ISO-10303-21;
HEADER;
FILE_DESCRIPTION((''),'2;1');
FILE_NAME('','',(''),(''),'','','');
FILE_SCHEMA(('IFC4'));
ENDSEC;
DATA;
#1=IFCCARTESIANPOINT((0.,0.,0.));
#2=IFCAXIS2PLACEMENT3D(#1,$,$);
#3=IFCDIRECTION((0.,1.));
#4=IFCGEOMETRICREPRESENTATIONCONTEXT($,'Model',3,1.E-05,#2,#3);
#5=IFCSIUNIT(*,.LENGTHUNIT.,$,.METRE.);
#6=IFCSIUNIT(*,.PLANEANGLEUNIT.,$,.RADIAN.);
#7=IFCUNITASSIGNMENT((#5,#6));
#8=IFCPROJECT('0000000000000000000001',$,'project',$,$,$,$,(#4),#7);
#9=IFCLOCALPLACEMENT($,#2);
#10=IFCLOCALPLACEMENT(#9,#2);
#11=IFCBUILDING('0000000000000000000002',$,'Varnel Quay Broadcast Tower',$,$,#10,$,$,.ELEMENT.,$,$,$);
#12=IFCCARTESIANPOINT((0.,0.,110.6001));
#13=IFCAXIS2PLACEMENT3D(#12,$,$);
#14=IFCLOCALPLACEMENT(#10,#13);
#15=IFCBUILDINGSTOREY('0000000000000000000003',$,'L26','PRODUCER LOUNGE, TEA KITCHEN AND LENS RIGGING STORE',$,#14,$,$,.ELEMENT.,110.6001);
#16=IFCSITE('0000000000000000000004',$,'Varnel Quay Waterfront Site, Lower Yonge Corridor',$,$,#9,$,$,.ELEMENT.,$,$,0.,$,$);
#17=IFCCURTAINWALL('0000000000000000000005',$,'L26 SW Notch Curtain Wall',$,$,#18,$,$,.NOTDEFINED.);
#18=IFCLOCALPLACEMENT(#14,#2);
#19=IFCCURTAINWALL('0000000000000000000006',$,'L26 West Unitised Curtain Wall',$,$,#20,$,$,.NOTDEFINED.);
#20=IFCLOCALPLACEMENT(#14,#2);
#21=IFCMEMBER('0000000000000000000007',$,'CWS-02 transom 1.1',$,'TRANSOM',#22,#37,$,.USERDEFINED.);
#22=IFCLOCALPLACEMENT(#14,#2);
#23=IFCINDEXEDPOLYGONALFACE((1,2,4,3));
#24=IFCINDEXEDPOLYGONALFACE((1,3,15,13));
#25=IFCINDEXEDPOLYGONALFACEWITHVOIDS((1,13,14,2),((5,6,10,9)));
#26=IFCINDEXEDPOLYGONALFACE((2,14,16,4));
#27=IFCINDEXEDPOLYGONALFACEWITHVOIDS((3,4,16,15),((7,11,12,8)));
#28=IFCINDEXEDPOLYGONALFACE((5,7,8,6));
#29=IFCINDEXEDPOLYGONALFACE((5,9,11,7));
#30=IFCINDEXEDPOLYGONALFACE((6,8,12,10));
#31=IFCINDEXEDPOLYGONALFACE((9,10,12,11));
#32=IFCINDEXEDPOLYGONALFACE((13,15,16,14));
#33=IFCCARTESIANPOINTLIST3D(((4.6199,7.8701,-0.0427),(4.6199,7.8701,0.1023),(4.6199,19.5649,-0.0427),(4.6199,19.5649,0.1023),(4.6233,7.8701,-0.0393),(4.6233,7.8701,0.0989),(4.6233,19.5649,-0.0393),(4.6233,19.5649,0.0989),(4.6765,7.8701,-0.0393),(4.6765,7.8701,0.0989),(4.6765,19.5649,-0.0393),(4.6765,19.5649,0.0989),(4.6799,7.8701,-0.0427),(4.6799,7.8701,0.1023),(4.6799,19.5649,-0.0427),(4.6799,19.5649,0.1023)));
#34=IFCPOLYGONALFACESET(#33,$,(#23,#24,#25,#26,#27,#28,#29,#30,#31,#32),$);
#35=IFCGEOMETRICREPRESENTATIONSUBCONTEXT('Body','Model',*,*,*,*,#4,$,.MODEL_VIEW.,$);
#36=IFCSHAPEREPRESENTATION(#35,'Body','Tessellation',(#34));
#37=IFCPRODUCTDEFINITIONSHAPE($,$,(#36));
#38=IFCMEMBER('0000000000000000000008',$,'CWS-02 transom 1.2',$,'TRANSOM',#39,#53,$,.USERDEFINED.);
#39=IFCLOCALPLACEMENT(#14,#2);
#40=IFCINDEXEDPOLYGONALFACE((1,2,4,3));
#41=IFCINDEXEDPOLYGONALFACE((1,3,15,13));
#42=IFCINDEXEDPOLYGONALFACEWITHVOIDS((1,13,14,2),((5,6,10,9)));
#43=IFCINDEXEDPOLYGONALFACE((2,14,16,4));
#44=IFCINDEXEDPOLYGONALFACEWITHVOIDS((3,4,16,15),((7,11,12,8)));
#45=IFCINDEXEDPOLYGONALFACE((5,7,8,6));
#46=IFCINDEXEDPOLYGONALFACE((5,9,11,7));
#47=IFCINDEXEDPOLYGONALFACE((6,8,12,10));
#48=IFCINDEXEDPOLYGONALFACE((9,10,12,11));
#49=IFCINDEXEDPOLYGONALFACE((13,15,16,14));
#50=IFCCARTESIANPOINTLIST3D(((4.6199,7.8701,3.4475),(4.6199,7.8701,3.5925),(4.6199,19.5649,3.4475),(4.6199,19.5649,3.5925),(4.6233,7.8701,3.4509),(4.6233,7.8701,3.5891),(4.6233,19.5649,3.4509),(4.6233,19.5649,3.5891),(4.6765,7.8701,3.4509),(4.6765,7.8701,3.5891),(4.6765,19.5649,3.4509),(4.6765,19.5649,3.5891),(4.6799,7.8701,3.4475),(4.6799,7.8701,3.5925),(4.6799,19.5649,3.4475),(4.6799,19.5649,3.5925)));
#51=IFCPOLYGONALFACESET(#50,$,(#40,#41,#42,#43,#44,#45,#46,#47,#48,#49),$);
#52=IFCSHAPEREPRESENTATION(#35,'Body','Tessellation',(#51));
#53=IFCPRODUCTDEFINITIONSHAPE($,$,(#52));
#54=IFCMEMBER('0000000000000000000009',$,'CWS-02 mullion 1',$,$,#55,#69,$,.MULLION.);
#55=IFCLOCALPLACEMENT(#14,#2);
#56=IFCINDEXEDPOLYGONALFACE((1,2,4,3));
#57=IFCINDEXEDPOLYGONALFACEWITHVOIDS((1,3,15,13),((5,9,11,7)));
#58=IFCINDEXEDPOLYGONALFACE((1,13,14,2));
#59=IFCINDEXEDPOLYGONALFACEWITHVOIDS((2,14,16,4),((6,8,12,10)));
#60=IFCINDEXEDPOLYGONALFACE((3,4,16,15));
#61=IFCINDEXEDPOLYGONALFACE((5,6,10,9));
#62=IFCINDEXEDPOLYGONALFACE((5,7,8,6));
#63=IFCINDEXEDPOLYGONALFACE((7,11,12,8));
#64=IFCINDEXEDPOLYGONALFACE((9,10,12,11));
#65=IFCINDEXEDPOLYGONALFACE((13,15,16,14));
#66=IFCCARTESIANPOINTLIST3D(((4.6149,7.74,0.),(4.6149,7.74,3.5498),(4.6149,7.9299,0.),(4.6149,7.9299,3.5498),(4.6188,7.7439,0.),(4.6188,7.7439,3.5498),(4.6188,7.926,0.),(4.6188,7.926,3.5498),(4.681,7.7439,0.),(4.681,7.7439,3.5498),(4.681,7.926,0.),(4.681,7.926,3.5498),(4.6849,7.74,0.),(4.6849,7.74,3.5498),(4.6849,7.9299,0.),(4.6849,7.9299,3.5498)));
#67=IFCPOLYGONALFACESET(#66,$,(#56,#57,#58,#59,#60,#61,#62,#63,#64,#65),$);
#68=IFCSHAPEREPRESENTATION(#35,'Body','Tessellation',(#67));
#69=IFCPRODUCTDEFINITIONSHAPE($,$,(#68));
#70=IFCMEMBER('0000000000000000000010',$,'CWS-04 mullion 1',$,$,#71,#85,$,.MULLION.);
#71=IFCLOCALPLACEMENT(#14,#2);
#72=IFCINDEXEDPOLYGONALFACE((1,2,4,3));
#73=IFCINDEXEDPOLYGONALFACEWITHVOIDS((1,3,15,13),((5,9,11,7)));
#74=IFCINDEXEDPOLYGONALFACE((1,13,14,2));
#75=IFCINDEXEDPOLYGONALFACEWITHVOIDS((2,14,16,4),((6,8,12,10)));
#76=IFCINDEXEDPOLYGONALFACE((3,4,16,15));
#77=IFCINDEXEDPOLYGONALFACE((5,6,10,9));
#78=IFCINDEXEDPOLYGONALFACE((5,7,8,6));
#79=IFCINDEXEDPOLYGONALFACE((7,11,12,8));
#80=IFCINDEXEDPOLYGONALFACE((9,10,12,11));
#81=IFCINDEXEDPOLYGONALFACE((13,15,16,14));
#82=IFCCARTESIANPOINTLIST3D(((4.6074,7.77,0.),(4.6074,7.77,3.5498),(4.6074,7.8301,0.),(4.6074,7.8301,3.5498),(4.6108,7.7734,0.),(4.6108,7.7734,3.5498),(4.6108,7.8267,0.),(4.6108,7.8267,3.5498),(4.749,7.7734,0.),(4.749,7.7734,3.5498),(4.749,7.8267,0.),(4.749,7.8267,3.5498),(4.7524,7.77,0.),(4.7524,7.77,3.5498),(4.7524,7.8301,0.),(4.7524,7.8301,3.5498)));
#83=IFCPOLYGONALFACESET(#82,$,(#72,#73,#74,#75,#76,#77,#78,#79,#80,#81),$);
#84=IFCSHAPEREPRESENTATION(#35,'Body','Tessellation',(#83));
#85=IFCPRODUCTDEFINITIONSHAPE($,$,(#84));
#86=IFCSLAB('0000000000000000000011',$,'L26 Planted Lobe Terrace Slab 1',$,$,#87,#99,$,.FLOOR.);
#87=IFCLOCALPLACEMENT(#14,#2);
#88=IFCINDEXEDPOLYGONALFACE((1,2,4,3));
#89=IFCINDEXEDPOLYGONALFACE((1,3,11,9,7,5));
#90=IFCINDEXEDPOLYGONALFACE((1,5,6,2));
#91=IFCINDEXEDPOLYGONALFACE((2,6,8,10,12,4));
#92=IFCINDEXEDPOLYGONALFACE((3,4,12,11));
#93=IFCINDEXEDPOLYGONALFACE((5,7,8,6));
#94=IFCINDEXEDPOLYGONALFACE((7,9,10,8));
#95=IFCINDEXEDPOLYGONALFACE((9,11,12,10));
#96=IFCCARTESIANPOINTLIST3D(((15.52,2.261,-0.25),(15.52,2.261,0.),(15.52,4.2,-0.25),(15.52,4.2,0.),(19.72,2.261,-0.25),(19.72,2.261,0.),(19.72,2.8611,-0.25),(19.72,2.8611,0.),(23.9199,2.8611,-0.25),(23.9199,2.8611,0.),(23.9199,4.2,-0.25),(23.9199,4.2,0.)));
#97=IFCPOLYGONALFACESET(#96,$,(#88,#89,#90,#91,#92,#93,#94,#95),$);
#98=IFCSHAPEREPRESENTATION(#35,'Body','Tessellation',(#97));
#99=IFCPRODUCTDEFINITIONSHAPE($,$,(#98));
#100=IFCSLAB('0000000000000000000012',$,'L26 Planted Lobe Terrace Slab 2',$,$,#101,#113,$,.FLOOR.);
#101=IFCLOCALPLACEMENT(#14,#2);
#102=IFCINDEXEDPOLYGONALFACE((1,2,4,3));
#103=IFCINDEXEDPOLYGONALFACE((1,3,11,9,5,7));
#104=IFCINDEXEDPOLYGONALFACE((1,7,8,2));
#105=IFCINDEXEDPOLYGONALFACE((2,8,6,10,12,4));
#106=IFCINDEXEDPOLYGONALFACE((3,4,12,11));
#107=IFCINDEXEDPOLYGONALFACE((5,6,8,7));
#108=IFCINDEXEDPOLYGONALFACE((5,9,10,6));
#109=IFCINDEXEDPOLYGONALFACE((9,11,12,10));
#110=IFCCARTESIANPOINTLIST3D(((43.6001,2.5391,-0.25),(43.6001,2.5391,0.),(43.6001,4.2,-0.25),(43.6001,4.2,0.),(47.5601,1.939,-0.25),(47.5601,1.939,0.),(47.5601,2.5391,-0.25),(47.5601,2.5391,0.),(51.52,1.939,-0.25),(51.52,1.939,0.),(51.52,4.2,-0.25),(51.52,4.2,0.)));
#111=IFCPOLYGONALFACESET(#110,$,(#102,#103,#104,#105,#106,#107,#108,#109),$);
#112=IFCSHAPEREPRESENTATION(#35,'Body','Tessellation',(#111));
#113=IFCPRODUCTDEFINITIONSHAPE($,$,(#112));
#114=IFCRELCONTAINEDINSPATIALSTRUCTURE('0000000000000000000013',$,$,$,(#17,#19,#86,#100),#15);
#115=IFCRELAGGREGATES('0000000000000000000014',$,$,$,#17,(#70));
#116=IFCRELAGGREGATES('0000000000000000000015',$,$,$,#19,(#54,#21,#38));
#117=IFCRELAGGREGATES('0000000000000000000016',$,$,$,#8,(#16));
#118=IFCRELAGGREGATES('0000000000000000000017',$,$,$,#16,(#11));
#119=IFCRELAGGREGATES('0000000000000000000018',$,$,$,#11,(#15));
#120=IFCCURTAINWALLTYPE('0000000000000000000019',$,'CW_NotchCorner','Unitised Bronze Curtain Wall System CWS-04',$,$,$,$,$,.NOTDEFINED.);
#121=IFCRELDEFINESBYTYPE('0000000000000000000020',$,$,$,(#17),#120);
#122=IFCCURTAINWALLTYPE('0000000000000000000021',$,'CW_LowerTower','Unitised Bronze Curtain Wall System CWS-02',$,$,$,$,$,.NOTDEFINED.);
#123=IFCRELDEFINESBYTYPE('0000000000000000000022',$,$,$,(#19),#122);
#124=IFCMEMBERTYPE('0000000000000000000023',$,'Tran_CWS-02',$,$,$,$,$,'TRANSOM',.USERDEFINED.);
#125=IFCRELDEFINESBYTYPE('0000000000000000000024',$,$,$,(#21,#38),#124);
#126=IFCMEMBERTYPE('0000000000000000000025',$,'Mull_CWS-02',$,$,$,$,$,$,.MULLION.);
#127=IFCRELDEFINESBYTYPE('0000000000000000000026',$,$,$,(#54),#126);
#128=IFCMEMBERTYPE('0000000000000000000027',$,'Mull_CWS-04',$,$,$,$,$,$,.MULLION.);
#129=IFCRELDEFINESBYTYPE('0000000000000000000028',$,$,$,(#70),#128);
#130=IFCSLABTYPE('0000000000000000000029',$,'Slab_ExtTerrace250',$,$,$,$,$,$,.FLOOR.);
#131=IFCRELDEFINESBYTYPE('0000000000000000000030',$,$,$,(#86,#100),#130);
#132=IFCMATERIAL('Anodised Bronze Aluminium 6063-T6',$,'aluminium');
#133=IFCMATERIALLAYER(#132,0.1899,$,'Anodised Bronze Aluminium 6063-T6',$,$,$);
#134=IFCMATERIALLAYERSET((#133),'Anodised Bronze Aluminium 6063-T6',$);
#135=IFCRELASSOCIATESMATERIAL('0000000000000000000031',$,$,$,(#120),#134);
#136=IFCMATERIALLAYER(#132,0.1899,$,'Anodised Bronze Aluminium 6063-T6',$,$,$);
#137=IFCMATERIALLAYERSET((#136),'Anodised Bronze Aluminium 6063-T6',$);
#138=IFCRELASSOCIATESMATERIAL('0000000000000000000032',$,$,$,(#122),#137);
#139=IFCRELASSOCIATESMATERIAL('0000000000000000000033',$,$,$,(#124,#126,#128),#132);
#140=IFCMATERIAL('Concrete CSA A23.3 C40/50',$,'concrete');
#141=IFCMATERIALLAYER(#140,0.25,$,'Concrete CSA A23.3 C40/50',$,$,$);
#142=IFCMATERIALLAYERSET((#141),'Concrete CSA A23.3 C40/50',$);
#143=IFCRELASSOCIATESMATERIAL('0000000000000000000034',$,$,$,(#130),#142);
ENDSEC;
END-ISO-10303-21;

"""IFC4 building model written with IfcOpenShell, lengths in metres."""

from ifc_helpers import new_model, si_unit, direction, frame, origin, origin_2d, place, context, subcontext, project, spatial, polyline, hollow_rectangle, outline, extrude, source, transform, mapped, material, layer, layer_set, material_profile, profile_set, type_object, type_shapes, element, aggregate, save


model = new_model("IFC4")

# Units and contexts
model_context = context("Model", 3, precision=1e-05, world=origin(), true_north=direction((0.0, 1.0)))
body_context = subcontext(model_context, "Body", "Model", "MODEL_VIEW")
ifc_project = project(units=[si_unit("LENGTHUNIT", "METRE"), si_unit("PLANEANGLEUNIT", "RADIAN")], contexts=[model_context])

# Site, building, storey
site_placement = place(None, origin())
site = spatial("IfcSite", under=ifc_project, at=site_placement, Name="Varnel Quay Waterfront Site, Lower Yonge Corridor", CompositionType="ELEMENT", RefElevation=0.0)
building_placement = place(site_placement, origin())
building = spatial("IfcBuilding", under=site, at=building_placement, Name="Varnel Quay Broadcast Tower", CompositionType="ELEMENT")
storey_placement = place(building_placement, frame((0.0, 0.0, 110.6001)))
storey = spatial("IfcBuildingStorey", under=building, at=storey_placement, Name="L26", Description="PRODUCER LOUNGE, TEA KITCHEN AND LENS RIGGING STORE", CompositionType="ELEMENT", Elevation=110.6001)

# Curtain walls, members
ifc_material_1 = material(Name="Anodised Bronze Aluminium 6063-T6", Category="aluminium")
ifc_layer_1 = layer(ifc_material_1, 0.1899, Name="Anodised Bronze Aluminium 6063-T6")
ifc_layer_set_1 = layer_set([ifc_layer_1], Name="Anodised Bronze Aluminium 6063-T6")
curtain_wall_type_1 = type_object("IfcCurtainWallType", Name="CW_NotchCorner", Description="Unitised Bronze Curtain Wall System CWS-04", PredefinedType="NOTDEFINED", material=ifc_layer_set_1)
curtain_wall_1_placement = place(storey_placement, origin())
curtain_wall_1 = element("IfcCurtainWall", 1, at=curtain_wall_1_placement, inside=storey, type_object=curtain_wall_type_1, Name="L26 SW Notch Curtain Wall", PredefinedType="NOTDEFINED")
ifc_layer_2 = layer(ifc_material_1, 0.1899, Name="Anodised Bronze Aluminium 6063-T6")
ifc_layer_set_2 = layer_set([ifc_layer_2], Name="Anodised Bronze Aluminium 6063-T6")
curtain_wall_type_2 = type_object("IfcCurtainWallType", Name="CW_LowerTower", Description="Unitised Bronze Curtain Wall System CWS-02", PredefinedType="NOTDEFINED", material=ifc_layer_set_2)
curtain_wall_2_placement = place(storey_placement, origin())
curtain_wall_2 = element("IfcCurtainWall", 2, at=curtain_wall_2_placement, inside=storey, type_object=curtain_wall_type_2, Name="L26 West Unitised Curtain Wall", PredefinedType="NOTDEFINED")
ifc_material_profile_1 = material_profile(ifc_material_1, hollow_rectangle(XDim=0.0601, YDim=0.145, WallThickness=0.0034, at=origin_2d()), Name="ALU60X145X3.5")
ifc_profile_set_1 = profile_set([ifc_material_profile_1], Name="Anodised Bronze Aluminium 6063-T6")
member_type_1 = type_object("IfcMemberType", Name="Tran_CWS-02", ElementType="TRANSOM", PredefinedType="USERDEFINED", material=ifc_profile_set_1)
shared_shape_1 = source(origin(), body_context, "Body", "SweptSolid", [
    extrude(hollow_rectangle(XDim=0.0601, YDim=0.145, WallThickness=0.0034, at=origin_2d()), origin(), (0.0, 0.0, 1.0), 11.6948),
])
type_shapes(member_type_1, [shared_shape_1])
member_1_placement = place(storey_placement, frame((4.6499, 7.8701, 0.0298), z_axis=(0.0, 1.0, 0.0), x_axis=(-1.0, 0.0, 0.0)))
member_1 = element("IfcMember", 3, at=member_1_placement, type_object=member_type_1, Name="CWS-02 transom 1.1", ObjectType="TRANSOM", PredefinedType="USERDEFINED", context=body_context, shape_type="MappedRepresentation", body=[
    mapped(shared_shape_1, transform((0.0, 0.0, 0.0), x_axis=(1.0, 0.0, 0.0), y_axis=(0.0, 1.0, 0.0), z_axis=(0.0, 0.0, 1.0), scale=1.0)),
])
member_2_placement = place(storey_placement, frame((4.6499, 7.8701, 3.52), z_axis=(0.0, 1.0, 0.0), x_axis=(-1.0, 0.0, 0.0)))
member_2 = element("IfcMember", 4, at=member_2_placement, type_object=member_type_1, Name="CWS-02 transom 1.2", ObjectType="TRANSOM", PredefinedType="USERDEFINED", context=body_context, shape_type="MappedRepresentation", body=[
    mapped(shared_shape_1, transform((0.0, 0.0, 0.0), x_axis=(1.0, 0.0, 0.0), y_axis=(0.0, 1.0, 0.0), z_axis=(0.0, 0.0, 1.0), scale=1.0)),
])
ifc_material_profile_2 = material_profile(ifc_material_1, hollow_rectangle(XDim=0.0701, YDim=0.1899, WallThickness=0.0039, at=origin_2d()), Name="ALU70X190X4")
ifc_profile_set_2 = profile_set([ifc_material_profile_2], Name="Anodised Bronze Aluminium 6063-T6")
member_type_2 = type_object("IfcMemberType", Name="Mull_CWS-02", PredefinedType="MULLION", material=ifc_profile_set_2)
shared_shape_2 = source(origin(), body_context, "Body", "SweptSolid", [
    extrude(hollow_rectangle(XDim=0.0701, YDim=0.1899, WallThickness=0.0039, at=origin_2d()), origin(), (0.0, 0.0, 1.0), 3.5498),
])
type_shapes(member_type_2, [shared_shape_2])
member_3_placement = place(storey_placement, frame((4.6499, 7.835, 0.0), z_axis=(0.0, 0.0, 1.0), x_axis=(-1.0, 0.0, 0.0)))
member_3 = element("IfcMember", 5, at=member_3_placement, type_object=member_type_2, Name="CWS-02 mullion 1", PredefinedType="MULLION", context=body_context, shape_type="MappedRepresentation", body=[
    mapped(shared_shape_2, transform((0.0, 0.0, 0.0), x_axis=(1.0, 0.0, 0.0), y_axis=(0.0, 1.0, 0.0), z_axis=(0.0, 0.0, 1.0), scale=1.0)),
])

# Member
ifc_material_profile_3 = material_profile(ifc_material_1, hollow_rectangle(XDim=0.0601, YDim=0.145, WallThickness=0.0034, at=origin_2d()), Name="ALU60X145X3.5")
ifc_profile_set_3 = profile_set([ifc_material_profile_3], Name="Anodised Bronze Aluminium 6063-T6")
member_type_3 = type_object("IfcMemberType", Name="Mull_CWS-04", PredefinedType="MULLION", material=ifc_profile_set_3)
shared_shape_3 = source(origin(), body_context, "Body", "SweptSolid", [
    extrude(hollow_rectangle(XDim=0.0601, YDim=0.145, WallThickness=0.0034, at=origin_2d()), origin(), (0.0, 0.0, 1.0), 3.5498),
])
type_shapes(member_type_3, [shared_shape_3])
member_4_placement = place(storey_placement, frame((4.6799, 7.8, 0.0), z_axis=(0.0, 0.0, 1.0), x_axis=(0.0, 1.0, 0.0)))
member_4 = element("IfcMember", 6, at=member_4_placement, type_object=member_type_3, Name="CWS-04 mullion 1", PredefinedType="MULLION", context=body_context, shape_type="MappedRepresentation", body=[
    mapped(shared_shape_3, transform((0.0, 0.0, 0.0), x_axis=(1.0, 0.0, 0.0), y_axis=(0.0, 1.0, 0.0), z_axis=(0.0, 0.0, 1.0), scale=1.0)),
])

# Slabs
ifc_material_2 = material(Name="Concrete CSA A23.3 C40/50", Category="concrete")
ifc_layer_3 = layer(ifc_material_2, 0.25, Name="Concrete CSA A23.3 C40/50")
ifc_layer_set_3 = layer_set([ifc_layer_3], Name="Concrete CSA A23.3 C40/50")
slab_type_1 = type_object("IfcSlabType", Name="Slab_ExtTerrace250", PredefinedType="FLOOR", material=ifc_layer_set_3)
slab_1_placement = place(storey_placement, frame((0.0, 0.0, -0.25)))
element("IfcSlab", 7, at=slab_1_placement, inside=storey, type_object=slab_type_1, Name="L26 Planted Lobe Terrace Slab 1", PredefinedType="FLOOR", context=body_context, shape_type="SweptSolid", body=[
    extrude(outline(polyline([(15.52, 2.261), (19.72, 2.261), (19.72, 2.8611), (23.9199, 2.8611), (23.9199, 4.2), (15.52, 4.2), (15.52, 2.261)])), origin(), (0.0, 0.0, 1.0), 0.25),
])
slab_2_placement = place(storey_placement, frame((0.0, 0.0, -0.25)))
element("IfcSlab", 8, at=slab_2_placement, inside=storey, type_object=slab_type_1, Name="L26 Planted Lobe Terrace Slab 2", PredefinedType="FLOOR", context=body_context, shape_type="SweptSolid", body=[
    extrude(outline(polyline([(43.6001, 2.5391), (47.5601, 2.5391), (47.5601, 1.939), (51.52, 1.939), (51.52, 4.2), (43.6001, 4.2), (43.6001, 2.5391)])), origin(), (0.0, 0.0, 1.0), 0.25),
])

aggregate(curtain_wall_1, [member_4])
aggregate(curtain_wall_2, [member_3, member_1, member_2])

save(model, "model.ifc")
